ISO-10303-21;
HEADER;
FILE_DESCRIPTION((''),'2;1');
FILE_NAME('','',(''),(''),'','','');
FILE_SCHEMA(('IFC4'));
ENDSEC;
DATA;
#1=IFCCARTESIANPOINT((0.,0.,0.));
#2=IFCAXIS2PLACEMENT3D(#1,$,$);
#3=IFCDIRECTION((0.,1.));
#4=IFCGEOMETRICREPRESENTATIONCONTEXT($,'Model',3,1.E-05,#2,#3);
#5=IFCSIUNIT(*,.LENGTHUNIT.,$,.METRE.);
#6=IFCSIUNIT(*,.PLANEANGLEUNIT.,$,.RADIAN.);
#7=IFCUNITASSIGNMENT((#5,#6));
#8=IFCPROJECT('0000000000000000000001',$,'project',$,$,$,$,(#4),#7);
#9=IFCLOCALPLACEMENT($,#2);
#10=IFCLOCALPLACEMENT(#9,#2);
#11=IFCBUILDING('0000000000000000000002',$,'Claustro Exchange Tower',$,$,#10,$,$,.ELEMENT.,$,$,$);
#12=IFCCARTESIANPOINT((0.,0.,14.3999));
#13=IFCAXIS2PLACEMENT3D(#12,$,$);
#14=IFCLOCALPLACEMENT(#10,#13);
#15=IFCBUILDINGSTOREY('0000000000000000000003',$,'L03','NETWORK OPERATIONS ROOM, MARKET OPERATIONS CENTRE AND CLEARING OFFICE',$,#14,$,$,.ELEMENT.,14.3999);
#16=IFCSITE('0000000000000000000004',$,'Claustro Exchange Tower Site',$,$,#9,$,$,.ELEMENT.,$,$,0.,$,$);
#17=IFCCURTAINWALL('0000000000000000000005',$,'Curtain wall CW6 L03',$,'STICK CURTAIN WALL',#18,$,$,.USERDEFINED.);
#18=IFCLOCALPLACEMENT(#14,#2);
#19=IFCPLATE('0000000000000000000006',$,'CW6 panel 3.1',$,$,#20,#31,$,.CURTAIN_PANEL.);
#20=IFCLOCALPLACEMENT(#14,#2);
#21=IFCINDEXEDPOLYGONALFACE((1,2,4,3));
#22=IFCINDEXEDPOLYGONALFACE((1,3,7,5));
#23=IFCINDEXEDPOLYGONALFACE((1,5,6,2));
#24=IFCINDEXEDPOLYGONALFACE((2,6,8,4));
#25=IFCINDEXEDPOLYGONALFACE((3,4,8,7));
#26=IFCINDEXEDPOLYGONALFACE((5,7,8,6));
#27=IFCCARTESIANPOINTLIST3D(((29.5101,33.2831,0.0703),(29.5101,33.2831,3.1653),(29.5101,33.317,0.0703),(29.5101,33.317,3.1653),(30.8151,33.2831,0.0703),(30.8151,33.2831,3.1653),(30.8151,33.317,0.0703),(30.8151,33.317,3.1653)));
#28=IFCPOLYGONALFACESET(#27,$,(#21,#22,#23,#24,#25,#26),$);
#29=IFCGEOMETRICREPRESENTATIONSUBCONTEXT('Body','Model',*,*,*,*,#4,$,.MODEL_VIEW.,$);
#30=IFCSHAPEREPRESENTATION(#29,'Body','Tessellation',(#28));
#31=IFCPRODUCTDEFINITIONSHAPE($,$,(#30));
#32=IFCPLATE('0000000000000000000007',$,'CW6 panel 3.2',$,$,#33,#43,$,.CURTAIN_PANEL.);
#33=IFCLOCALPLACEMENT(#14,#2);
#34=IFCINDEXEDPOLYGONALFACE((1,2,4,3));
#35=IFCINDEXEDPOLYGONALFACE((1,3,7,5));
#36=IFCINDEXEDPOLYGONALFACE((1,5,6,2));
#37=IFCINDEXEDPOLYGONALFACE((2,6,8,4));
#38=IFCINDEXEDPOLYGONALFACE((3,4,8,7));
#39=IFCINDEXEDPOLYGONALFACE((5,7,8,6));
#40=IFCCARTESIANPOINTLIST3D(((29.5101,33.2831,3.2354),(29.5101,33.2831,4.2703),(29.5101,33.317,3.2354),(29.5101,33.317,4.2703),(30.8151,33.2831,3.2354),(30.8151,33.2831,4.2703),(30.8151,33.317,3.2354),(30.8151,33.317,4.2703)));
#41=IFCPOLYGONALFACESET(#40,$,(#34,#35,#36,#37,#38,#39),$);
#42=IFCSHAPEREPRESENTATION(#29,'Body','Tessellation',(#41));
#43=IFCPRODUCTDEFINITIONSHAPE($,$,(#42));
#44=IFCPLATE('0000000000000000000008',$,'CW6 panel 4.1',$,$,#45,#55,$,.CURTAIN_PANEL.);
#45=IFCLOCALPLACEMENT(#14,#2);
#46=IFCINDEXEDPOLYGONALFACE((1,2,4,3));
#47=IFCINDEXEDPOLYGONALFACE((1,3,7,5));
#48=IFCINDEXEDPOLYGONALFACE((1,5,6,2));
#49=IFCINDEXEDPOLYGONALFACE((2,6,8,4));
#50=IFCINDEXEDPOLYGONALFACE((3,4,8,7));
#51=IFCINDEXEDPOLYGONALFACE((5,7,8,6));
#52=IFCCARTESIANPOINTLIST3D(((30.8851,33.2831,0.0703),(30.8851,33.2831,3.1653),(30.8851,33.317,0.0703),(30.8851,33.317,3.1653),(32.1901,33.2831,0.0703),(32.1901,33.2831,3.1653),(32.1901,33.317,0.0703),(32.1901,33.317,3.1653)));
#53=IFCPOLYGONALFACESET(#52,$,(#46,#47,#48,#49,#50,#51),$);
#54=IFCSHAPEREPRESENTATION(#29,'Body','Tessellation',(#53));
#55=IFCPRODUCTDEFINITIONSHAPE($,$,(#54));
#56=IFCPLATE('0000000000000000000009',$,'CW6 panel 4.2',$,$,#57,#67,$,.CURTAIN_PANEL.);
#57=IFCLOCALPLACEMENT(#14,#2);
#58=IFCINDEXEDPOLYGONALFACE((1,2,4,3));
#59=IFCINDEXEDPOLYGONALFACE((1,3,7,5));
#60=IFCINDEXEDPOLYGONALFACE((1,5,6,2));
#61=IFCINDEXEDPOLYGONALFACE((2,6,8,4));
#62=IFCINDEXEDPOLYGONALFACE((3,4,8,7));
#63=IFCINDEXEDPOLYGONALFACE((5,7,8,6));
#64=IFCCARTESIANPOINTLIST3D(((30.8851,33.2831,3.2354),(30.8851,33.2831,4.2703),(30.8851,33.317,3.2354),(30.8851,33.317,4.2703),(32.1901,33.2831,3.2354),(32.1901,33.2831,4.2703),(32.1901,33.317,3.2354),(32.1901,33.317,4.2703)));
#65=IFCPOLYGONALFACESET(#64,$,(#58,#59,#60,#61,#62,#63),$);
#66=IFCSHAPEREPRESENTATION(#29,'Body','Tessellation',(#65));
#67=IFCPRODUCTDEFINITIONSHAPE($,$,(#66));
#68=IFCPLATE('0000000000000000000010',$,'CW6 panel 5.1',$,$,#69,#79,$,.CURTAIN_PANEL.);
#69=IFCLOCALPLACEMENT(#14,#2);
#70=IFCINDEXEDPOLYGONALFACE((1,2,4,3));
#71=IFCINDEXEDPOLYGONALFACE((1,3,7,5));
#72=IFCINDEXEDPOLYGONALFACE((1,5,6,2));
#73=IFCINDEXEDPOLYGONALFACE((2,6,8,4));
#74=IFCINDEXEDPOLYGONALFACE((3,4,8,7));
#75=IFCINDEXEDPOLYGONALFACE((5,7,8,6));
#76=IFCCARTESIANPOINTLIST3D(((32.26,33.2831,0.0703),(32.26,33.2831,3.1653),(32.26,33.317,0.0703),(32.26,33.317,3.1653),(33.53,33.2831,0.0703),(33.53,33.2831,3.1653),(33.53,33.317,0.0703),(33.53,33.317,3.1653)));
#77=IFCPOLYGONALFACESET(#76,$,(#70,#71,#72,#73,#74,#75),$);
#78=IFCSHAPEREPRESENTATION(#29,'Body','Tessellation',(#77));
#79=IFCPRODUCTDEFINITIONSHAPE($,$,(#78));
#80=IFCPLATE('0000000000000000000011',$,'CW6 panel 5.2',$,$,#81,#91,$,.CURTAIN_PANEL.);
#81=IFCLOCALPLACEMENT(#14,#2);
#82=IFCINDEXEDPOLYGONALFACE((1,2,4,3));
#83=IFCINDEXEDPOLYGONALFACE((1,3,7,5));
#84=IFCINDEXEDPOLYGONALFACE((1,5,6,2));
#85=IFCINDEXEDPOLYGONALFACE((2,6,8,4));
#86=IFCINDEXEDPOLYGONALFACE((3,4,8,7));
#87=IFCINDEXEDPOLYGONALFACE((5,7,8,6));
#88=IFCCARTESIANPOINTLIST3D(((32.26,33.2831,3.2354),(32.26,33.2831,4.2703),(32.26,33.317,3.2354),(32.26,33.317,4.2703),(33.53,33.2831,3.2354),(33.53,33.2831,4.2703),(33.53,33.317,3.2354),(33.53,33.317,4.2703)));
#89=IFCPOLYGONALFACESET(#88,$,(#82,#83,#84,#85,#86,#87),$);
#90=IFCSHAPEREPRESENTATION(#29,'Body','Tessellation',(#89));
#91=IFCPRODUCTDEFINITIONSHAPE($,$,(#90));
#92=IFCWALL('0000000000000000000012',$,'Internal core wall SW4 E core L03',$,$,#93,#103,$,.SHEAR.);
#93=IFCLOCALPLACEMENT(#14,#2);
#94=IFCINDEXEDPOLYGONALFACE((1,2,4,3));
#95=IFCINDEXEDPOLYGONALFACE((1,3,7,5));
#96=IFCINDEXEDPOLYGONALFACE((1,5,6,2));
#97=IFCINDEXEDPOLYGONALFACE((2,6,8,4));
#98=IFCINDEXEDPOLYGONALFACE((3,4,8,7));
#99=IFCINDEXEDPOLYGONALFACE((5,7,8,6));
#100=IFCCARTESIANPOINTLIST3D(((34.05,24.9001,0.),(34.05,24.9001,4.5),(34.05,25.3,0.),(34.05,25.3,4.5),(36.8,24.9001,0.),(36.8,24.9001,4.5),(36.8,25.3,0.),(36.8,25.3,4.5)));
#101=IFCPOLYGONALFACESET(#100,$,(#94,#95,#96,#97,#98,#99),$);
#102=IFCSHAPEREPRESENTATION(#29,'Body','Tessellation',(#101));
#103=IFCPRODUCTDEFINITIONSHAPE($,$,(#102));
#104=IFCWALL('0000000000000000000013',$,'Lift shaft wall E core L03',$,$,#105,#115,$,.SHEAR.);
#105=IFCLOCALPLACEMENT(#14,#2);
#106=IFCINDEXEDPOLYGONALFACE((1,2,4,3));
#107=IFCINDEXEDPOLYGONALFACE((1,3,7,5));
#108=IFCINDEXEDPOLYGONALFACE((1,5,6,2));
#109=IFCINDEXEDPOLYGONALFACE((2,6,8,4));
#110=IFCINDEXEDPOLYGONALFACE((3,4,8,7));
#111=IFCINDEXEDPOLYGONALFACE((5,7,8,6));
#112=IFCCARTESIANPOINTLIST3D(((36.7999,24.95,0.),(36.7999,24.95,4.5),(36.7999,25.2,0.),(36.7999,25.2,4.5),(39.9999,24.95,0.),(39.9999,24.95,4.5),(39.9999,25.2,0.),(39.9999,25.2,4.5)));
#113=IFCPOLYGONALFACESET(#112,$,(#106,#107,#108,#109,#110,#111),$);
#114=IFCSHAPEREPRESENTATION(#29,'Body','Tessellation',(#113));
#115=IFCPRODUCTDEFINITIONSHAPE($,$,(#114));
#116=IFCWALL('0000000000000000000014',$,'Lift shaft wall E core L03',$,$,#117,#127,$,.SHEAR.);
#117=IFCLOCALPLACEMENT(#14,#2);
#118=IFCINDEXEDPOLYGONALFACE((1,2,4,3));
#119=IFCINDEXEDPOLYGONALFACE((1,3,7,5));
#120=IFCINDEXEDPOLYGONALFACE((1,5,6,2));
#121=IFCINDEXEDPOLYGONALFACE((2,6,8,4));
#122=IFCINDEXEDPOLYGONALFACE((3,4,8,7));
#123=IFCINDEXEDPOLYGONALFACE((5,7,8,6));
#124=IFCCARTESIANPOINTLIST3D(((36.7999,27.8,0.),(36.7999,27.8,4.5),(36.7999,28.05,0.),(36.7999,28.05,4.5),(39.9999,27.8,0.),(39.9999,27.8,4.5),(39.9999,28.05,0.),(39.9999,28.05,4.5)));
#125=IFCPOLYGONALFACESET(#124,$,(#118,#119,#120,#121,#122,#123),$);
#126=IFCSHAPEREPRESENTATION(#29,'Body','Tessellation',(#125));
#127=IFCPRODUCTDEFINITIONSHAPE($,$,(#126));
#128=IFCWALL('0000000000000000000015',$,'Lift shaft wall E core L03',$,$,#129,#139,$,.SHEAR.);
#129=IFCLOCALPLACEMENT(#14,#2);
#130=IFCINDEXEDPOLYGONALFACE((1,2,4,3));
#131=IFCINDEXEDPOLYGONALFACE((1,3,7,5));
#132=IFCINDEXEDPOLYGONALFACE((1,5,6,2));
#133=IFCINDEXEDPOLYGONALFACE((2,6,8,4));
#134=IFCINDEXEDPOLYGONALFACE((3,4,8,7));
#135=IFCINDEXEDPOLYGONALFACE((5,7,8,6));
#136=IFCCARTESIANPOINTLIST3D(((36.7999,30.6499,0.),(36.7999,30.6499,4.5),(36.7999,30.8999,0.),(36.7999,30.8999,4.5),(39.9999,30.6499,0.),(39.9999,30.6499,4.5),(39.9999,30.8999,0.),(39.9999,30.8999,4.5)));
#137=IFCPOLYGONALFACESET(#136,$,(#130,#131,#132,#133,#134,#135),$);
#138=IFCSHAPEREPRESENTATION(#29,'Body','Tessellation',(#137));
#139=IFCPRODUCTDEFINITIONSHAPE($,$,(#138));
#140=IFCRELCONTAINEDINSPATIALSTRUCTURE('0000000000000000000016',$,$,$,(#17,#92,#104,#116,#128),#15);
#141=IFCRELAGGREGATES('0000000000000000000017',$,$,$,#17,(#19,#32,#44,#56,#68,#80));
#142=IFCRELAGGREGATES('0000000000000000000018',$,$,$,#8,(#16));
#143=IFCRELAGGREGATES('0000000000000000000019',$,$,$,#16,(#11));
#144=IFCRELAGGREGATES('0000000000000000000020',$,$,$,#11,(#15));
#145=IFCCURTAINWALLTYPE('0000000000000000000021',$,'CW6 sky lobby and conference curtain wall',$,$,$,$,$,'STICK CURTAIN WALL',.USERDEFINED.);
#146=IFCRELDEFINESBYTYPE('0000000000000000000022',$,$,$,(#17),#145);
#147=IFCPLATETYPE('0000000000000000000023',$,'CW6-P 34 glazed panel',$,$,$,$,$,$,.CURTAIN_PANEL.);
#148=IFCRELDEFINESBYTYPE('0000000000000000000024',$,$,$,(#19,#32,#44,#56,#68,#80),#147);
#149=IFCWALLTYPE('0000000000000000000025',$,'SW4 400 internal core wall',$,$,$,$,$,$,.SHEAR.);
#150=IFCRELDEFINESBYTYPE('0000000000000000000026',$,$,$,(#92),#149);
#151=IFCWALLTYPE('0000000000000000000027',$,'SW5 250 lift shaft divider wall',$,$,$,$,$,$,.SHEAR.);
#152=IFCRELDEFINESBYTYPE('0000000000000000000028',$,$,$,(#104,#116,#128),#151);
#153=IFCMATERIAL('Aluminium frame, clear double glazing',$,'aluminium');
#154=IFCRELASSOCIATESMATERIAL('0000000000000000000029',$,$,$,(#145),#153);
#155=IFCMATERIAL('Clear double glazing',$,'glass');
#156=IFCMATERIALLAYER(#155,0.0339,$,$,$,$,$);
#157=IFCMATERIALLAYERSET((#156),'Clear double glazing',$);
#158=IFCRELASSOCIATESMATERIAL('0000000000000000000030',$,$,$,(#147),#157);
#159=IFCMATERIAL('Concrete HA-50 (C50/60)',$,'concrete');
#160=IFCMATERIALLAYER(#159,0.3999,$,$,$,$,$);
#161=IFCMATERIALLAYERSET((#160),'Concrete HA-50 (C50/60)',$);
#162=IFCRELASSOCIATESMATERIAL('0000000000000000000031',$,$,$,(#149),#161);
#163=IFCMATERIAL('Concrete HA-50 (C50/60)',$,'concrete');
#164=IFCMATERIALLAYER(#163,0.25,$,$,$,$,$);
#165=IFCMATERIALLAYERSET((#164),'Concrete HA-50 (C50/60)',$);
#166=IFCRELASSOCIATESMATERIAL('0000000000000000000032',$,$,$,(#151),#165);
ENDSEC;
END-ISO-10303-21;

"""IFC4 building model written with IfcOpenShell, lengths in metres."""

from ifc_helpers import new_model, si_unit, direction, frame, frame_2d, origin, origin_2d, place, context, subcontext, project, spatial, rectangle, extrude, material, layer, layer_set, type_object, element, aggregate, save


model = new_model("IFC4")

# Units and contexts
model_context = context("Model", 3, precision=1e-05, world=origin(), true_north=direction((0.0, 1.0)))
body_context = subcontext(model_context, "Body", "Model", "MODEL_VIEW")
ifc_project = project(units=[si_unit("LENGTHUNIT", "METRE"), si_unit("PLANEANGLEUNIT", "RADIAN")], contexts=[model_context])

# Site, building, storey
site_placement = place(None, origin())
site = spatial("IfcSite", under=ifc_project, at=site_placement, Name="Claustro Exchange Tower Site", CompositionType="ELEMENT", RefElevation=0.0)
building_placement = place(site_placement, origin())
building = spatial("IfcBuilding", under=site, at=building_placement, Name="Claustro Exchange Tower", CompositionType="ELEMENT")
storey_placement = place(building_placement, frame((0.0, 0.0, 14.3999)))
storey = spatial("IfcBuildingStorey", under=building, at=storey_placement, Name="L03", Description="NETWORK OPERATIONS ROOM, MARKET OPERATIONS CENTRE AND CLEARING OFFICE", CompositionType="ELEMENT", Elevation=14.3999)

# Shared definitions
ifc_material_1 = material(Name="Aluminium frame, clear double glazing", Category="aluminium")
curtain_wall_type = type_object("IfcCurtainWallType", Name="CW6 sky lobby and conference curtain wall", ElementType="STICK CURTAIN WALL", PredefinedType="USERDEFINED", material=ifc_material_1)

# Curtain wall
curtain_wall_1_placement = place(storey_placement, origin())
curtain_wall_1 = element("IfcCurtainWall", 1, at=curtain_wall_1_placement, inside=storey, type_object=curtain_wall_type, Name="Curtain wall CW6 L03", ObjectType="STICK CURTAIN WALL", PredefinedType="USERDEFINED")

# Plates
ifc_material_2 = material(Name="Clear double glazing", Category="glass")
ifc_layer_1 = layer(ifc_material_2, 0.0339)
ifc_layer_set_1 = layer_set([ifc_layer_1], Name="Clear double glazing")
plate_type = type_object("IfcPlateType", Name="CW6-P 34 glazed panel", PredefinedType="CURTAIN_PANEL", material=ifc_layer_set_1)
plate_1_placement = place(storey_placement, frame((30.1626, 33.3, 0.0703), z_axis=(0.0, 0.0, 1.0), x_axis=(1.0, 0.0, 0.0)))
plate_1 = element("IfcPlate", 2, at=plate_1_placement, type_object=plate_type, Name="CW6 panel 3.1", PredefinedType="CURTAIN_PANEL", context=body_context, shape_type="SweptSolid", body=[
    extrude(rectangle(XDim=1.3049, YDim=0.0339, at=origin_2d()), origin(), (0.0, 0.0, 1.0), 3.095),
])
plate_2_placement = place(storey_placement, frame((30.1626, 33.3, 3.2354), z_axis=(0.0, 0.0, 1.0), x_axis=(1.0, 0.0, 0.0)))
plate_2 = element("IfcPlate", 3, at=plate_2_placement, type_object=plate_type, Name="CW6 panel 3.2", PredefinedType="CURTAIN_PANEL", context=body_context, shape_type="SweptSolid", body=[
    extrude(rectangle(XDim=1.3049, YDim=0.0339, at=origin_2d()), origin(), (0.0, 0.0, 1.0), 1.0349),
])
plate_3_placement = place(storey_placement, frame((31.5376, 33.3, 0.0703), z_axis=(0.0, 0.0, 1.0), x_axis=(1.0, 0.0, 0.0)))
plate_3 = element("IfcPlate", 4, at=plate_3_placement, type_object=plate_type, Name="CW6 panel 4.1", PredefinedType="CURTAIN_PANEL", context=body_context, shape_type="SweptSolid", body=[
    extrude(rectangle(XDim=1.3049, YDim=0.0339, at=origin_2d()), origin(), (0.0, 0.0, 1.0), 3.095),
])
plate_4_placement = place(storey_placement, frame((31.5376, 33.3, 3.2354), z_axis=(0.0, 0.0, 1.0), x_axis=(1.0, 0.0, 0.0)))
plate_4 = element("IfcPlate", 5, at=plate_4_placement, type_object=plate_type, Name="CW6 panel 4.2", PredefinedType="CURTAIN_PANEL", context=body_context, shape_type="SweptSolid", body=[
    extrude(rectangle(XDim=1.3049, YDim=0.0339, at=origin_2d()), origin(), (0.0, 0.0, 1.0), 1.0349),
])
plate_5_placement = place(storey_placement, frame((32.895, 33.3, 0.0703), z_axis=(0.0, 0.0, 1.0), x_axis=(1.0, 0.0, 0.0)))
plate_5 = element("IfcPlate", 6, at=plate_5_placement, type_object=plate_type, Name="CW6 panel 5.1", PredefinedType="CURTAIN_PANEL", context=body_context, shape_type="SweptSolid", body=[
    extrude(rectangle(XDim=1.27, YDim=0.0339, at=origin_2d()), origin(), (0.0, 0.0, 1.0), 3.095),
])
plate_6_placement = place(storey_placement, frame((32.895, 33.3, 3.2354), z_axis=(0.0, 0.0, 1.0), x_axis=(1.0, 0.0, 0.0)))
plate_6 = element("IfcPlate", 7, at=plate_6_placement, type_object=plate_type, Name="CW6 panel 5.2", PredefinedType="CURTAIN_PANEL", context=body_context, shape_type="SweptSolid", body=[
    extrude(rectangle(XDim=1.27, YDim=0.0339, at=origin_2d()), origin(), (0.0, 0.0, 1.0), 1.0349),
])
aggregate(curtain_wall_1, [plate_1, plate_2, plate_3, plate_4, plate_5, plate_6])

# Walls
ifc_material_3 = material(Name="Concrete HA-50 (C50/60)", Category="concrete")
ifc_layer_2 = layer(ifc_material_3, 0.3999)
ifc_layer_set_2 = layer_set([ifc_layer_2], Name="Concrete HA-50 (C50/60)")
wall_type_1 = type_object("IfcWallType", Name="SW4 400 internal core wall", PredefinedType="SHEAR", material=ifc_layer_set_2)
wall_placement = place(storey_placement, frame((36.8, 25.1001, 0.0), z_axis=(0.0, 0.0, 1.0), x_axis=(-1.0, 0.0, 0.0)))
element("IfcWall", 8, at=wall_placement, inside=storey, type_object=wall_type_1, Name="Internal core wall SW4 E core L03", PredefinedType="SHEAR", context=body_context, shape_type="SweptSolid", body=[
    extrude(rectangle(XDim=2.75, YDim=0.3999, at=frame_2d((1.375, 0.0))), origin(), (0.0, 0.0, 1.0), 4.5),
])
ifc_material_4 = material(Name="Concrete HA-50 (C50/60)", Category="concrete")
ifc_layer_3 = layer(ifc_material_4, 0.25)
ifc_layer_set_3 = layer_set([ifc_layer_3], Name="Concrete HA-50 (C50/60)")
wall_type_2 = type_object("IfcWallType", Name="SW5 250 lift shaft divider wall", PredefinedType="SHEAR", material=ifc_layer_set_3)
for number, where, z_axis, x_axis, name in (
    (9, (40.0, 25.075, 0.0), (0.0, 0.0, 1.0), (-1.0, 0.0, 0.0), "Lift shaft wall E core L03"),
    (10, (40.0, 27.925, 0.0), (0.0, 0.0, 1.0), (-1.0, 0.0, 0.0), "Lift shaft wall E core L03"),
    (11, (40.0, 30.7749, 0.0), (0.0, 0.0, 1.0), (-1.0, 0.0, 0.0), "Lift shaft wall E core L03"),
):
    element("IfcWall", number, at=place(storey_placement, frame(where, z_axis=z_axis, x_axis=x_axis)), inside=storey, type_object=wall_type_2, Name=name, PredefinedType="SHEAR", context=body_context, shape_type="SweptSolid", body=[
        extrude(rectangle(XDim=3.2, YDim=0.25, at=frame_2d((1.6001, 0.0))), origin(), (0.0, 0.0, 1.0), 4.5),
    ])

save(model, "model.ifc")
